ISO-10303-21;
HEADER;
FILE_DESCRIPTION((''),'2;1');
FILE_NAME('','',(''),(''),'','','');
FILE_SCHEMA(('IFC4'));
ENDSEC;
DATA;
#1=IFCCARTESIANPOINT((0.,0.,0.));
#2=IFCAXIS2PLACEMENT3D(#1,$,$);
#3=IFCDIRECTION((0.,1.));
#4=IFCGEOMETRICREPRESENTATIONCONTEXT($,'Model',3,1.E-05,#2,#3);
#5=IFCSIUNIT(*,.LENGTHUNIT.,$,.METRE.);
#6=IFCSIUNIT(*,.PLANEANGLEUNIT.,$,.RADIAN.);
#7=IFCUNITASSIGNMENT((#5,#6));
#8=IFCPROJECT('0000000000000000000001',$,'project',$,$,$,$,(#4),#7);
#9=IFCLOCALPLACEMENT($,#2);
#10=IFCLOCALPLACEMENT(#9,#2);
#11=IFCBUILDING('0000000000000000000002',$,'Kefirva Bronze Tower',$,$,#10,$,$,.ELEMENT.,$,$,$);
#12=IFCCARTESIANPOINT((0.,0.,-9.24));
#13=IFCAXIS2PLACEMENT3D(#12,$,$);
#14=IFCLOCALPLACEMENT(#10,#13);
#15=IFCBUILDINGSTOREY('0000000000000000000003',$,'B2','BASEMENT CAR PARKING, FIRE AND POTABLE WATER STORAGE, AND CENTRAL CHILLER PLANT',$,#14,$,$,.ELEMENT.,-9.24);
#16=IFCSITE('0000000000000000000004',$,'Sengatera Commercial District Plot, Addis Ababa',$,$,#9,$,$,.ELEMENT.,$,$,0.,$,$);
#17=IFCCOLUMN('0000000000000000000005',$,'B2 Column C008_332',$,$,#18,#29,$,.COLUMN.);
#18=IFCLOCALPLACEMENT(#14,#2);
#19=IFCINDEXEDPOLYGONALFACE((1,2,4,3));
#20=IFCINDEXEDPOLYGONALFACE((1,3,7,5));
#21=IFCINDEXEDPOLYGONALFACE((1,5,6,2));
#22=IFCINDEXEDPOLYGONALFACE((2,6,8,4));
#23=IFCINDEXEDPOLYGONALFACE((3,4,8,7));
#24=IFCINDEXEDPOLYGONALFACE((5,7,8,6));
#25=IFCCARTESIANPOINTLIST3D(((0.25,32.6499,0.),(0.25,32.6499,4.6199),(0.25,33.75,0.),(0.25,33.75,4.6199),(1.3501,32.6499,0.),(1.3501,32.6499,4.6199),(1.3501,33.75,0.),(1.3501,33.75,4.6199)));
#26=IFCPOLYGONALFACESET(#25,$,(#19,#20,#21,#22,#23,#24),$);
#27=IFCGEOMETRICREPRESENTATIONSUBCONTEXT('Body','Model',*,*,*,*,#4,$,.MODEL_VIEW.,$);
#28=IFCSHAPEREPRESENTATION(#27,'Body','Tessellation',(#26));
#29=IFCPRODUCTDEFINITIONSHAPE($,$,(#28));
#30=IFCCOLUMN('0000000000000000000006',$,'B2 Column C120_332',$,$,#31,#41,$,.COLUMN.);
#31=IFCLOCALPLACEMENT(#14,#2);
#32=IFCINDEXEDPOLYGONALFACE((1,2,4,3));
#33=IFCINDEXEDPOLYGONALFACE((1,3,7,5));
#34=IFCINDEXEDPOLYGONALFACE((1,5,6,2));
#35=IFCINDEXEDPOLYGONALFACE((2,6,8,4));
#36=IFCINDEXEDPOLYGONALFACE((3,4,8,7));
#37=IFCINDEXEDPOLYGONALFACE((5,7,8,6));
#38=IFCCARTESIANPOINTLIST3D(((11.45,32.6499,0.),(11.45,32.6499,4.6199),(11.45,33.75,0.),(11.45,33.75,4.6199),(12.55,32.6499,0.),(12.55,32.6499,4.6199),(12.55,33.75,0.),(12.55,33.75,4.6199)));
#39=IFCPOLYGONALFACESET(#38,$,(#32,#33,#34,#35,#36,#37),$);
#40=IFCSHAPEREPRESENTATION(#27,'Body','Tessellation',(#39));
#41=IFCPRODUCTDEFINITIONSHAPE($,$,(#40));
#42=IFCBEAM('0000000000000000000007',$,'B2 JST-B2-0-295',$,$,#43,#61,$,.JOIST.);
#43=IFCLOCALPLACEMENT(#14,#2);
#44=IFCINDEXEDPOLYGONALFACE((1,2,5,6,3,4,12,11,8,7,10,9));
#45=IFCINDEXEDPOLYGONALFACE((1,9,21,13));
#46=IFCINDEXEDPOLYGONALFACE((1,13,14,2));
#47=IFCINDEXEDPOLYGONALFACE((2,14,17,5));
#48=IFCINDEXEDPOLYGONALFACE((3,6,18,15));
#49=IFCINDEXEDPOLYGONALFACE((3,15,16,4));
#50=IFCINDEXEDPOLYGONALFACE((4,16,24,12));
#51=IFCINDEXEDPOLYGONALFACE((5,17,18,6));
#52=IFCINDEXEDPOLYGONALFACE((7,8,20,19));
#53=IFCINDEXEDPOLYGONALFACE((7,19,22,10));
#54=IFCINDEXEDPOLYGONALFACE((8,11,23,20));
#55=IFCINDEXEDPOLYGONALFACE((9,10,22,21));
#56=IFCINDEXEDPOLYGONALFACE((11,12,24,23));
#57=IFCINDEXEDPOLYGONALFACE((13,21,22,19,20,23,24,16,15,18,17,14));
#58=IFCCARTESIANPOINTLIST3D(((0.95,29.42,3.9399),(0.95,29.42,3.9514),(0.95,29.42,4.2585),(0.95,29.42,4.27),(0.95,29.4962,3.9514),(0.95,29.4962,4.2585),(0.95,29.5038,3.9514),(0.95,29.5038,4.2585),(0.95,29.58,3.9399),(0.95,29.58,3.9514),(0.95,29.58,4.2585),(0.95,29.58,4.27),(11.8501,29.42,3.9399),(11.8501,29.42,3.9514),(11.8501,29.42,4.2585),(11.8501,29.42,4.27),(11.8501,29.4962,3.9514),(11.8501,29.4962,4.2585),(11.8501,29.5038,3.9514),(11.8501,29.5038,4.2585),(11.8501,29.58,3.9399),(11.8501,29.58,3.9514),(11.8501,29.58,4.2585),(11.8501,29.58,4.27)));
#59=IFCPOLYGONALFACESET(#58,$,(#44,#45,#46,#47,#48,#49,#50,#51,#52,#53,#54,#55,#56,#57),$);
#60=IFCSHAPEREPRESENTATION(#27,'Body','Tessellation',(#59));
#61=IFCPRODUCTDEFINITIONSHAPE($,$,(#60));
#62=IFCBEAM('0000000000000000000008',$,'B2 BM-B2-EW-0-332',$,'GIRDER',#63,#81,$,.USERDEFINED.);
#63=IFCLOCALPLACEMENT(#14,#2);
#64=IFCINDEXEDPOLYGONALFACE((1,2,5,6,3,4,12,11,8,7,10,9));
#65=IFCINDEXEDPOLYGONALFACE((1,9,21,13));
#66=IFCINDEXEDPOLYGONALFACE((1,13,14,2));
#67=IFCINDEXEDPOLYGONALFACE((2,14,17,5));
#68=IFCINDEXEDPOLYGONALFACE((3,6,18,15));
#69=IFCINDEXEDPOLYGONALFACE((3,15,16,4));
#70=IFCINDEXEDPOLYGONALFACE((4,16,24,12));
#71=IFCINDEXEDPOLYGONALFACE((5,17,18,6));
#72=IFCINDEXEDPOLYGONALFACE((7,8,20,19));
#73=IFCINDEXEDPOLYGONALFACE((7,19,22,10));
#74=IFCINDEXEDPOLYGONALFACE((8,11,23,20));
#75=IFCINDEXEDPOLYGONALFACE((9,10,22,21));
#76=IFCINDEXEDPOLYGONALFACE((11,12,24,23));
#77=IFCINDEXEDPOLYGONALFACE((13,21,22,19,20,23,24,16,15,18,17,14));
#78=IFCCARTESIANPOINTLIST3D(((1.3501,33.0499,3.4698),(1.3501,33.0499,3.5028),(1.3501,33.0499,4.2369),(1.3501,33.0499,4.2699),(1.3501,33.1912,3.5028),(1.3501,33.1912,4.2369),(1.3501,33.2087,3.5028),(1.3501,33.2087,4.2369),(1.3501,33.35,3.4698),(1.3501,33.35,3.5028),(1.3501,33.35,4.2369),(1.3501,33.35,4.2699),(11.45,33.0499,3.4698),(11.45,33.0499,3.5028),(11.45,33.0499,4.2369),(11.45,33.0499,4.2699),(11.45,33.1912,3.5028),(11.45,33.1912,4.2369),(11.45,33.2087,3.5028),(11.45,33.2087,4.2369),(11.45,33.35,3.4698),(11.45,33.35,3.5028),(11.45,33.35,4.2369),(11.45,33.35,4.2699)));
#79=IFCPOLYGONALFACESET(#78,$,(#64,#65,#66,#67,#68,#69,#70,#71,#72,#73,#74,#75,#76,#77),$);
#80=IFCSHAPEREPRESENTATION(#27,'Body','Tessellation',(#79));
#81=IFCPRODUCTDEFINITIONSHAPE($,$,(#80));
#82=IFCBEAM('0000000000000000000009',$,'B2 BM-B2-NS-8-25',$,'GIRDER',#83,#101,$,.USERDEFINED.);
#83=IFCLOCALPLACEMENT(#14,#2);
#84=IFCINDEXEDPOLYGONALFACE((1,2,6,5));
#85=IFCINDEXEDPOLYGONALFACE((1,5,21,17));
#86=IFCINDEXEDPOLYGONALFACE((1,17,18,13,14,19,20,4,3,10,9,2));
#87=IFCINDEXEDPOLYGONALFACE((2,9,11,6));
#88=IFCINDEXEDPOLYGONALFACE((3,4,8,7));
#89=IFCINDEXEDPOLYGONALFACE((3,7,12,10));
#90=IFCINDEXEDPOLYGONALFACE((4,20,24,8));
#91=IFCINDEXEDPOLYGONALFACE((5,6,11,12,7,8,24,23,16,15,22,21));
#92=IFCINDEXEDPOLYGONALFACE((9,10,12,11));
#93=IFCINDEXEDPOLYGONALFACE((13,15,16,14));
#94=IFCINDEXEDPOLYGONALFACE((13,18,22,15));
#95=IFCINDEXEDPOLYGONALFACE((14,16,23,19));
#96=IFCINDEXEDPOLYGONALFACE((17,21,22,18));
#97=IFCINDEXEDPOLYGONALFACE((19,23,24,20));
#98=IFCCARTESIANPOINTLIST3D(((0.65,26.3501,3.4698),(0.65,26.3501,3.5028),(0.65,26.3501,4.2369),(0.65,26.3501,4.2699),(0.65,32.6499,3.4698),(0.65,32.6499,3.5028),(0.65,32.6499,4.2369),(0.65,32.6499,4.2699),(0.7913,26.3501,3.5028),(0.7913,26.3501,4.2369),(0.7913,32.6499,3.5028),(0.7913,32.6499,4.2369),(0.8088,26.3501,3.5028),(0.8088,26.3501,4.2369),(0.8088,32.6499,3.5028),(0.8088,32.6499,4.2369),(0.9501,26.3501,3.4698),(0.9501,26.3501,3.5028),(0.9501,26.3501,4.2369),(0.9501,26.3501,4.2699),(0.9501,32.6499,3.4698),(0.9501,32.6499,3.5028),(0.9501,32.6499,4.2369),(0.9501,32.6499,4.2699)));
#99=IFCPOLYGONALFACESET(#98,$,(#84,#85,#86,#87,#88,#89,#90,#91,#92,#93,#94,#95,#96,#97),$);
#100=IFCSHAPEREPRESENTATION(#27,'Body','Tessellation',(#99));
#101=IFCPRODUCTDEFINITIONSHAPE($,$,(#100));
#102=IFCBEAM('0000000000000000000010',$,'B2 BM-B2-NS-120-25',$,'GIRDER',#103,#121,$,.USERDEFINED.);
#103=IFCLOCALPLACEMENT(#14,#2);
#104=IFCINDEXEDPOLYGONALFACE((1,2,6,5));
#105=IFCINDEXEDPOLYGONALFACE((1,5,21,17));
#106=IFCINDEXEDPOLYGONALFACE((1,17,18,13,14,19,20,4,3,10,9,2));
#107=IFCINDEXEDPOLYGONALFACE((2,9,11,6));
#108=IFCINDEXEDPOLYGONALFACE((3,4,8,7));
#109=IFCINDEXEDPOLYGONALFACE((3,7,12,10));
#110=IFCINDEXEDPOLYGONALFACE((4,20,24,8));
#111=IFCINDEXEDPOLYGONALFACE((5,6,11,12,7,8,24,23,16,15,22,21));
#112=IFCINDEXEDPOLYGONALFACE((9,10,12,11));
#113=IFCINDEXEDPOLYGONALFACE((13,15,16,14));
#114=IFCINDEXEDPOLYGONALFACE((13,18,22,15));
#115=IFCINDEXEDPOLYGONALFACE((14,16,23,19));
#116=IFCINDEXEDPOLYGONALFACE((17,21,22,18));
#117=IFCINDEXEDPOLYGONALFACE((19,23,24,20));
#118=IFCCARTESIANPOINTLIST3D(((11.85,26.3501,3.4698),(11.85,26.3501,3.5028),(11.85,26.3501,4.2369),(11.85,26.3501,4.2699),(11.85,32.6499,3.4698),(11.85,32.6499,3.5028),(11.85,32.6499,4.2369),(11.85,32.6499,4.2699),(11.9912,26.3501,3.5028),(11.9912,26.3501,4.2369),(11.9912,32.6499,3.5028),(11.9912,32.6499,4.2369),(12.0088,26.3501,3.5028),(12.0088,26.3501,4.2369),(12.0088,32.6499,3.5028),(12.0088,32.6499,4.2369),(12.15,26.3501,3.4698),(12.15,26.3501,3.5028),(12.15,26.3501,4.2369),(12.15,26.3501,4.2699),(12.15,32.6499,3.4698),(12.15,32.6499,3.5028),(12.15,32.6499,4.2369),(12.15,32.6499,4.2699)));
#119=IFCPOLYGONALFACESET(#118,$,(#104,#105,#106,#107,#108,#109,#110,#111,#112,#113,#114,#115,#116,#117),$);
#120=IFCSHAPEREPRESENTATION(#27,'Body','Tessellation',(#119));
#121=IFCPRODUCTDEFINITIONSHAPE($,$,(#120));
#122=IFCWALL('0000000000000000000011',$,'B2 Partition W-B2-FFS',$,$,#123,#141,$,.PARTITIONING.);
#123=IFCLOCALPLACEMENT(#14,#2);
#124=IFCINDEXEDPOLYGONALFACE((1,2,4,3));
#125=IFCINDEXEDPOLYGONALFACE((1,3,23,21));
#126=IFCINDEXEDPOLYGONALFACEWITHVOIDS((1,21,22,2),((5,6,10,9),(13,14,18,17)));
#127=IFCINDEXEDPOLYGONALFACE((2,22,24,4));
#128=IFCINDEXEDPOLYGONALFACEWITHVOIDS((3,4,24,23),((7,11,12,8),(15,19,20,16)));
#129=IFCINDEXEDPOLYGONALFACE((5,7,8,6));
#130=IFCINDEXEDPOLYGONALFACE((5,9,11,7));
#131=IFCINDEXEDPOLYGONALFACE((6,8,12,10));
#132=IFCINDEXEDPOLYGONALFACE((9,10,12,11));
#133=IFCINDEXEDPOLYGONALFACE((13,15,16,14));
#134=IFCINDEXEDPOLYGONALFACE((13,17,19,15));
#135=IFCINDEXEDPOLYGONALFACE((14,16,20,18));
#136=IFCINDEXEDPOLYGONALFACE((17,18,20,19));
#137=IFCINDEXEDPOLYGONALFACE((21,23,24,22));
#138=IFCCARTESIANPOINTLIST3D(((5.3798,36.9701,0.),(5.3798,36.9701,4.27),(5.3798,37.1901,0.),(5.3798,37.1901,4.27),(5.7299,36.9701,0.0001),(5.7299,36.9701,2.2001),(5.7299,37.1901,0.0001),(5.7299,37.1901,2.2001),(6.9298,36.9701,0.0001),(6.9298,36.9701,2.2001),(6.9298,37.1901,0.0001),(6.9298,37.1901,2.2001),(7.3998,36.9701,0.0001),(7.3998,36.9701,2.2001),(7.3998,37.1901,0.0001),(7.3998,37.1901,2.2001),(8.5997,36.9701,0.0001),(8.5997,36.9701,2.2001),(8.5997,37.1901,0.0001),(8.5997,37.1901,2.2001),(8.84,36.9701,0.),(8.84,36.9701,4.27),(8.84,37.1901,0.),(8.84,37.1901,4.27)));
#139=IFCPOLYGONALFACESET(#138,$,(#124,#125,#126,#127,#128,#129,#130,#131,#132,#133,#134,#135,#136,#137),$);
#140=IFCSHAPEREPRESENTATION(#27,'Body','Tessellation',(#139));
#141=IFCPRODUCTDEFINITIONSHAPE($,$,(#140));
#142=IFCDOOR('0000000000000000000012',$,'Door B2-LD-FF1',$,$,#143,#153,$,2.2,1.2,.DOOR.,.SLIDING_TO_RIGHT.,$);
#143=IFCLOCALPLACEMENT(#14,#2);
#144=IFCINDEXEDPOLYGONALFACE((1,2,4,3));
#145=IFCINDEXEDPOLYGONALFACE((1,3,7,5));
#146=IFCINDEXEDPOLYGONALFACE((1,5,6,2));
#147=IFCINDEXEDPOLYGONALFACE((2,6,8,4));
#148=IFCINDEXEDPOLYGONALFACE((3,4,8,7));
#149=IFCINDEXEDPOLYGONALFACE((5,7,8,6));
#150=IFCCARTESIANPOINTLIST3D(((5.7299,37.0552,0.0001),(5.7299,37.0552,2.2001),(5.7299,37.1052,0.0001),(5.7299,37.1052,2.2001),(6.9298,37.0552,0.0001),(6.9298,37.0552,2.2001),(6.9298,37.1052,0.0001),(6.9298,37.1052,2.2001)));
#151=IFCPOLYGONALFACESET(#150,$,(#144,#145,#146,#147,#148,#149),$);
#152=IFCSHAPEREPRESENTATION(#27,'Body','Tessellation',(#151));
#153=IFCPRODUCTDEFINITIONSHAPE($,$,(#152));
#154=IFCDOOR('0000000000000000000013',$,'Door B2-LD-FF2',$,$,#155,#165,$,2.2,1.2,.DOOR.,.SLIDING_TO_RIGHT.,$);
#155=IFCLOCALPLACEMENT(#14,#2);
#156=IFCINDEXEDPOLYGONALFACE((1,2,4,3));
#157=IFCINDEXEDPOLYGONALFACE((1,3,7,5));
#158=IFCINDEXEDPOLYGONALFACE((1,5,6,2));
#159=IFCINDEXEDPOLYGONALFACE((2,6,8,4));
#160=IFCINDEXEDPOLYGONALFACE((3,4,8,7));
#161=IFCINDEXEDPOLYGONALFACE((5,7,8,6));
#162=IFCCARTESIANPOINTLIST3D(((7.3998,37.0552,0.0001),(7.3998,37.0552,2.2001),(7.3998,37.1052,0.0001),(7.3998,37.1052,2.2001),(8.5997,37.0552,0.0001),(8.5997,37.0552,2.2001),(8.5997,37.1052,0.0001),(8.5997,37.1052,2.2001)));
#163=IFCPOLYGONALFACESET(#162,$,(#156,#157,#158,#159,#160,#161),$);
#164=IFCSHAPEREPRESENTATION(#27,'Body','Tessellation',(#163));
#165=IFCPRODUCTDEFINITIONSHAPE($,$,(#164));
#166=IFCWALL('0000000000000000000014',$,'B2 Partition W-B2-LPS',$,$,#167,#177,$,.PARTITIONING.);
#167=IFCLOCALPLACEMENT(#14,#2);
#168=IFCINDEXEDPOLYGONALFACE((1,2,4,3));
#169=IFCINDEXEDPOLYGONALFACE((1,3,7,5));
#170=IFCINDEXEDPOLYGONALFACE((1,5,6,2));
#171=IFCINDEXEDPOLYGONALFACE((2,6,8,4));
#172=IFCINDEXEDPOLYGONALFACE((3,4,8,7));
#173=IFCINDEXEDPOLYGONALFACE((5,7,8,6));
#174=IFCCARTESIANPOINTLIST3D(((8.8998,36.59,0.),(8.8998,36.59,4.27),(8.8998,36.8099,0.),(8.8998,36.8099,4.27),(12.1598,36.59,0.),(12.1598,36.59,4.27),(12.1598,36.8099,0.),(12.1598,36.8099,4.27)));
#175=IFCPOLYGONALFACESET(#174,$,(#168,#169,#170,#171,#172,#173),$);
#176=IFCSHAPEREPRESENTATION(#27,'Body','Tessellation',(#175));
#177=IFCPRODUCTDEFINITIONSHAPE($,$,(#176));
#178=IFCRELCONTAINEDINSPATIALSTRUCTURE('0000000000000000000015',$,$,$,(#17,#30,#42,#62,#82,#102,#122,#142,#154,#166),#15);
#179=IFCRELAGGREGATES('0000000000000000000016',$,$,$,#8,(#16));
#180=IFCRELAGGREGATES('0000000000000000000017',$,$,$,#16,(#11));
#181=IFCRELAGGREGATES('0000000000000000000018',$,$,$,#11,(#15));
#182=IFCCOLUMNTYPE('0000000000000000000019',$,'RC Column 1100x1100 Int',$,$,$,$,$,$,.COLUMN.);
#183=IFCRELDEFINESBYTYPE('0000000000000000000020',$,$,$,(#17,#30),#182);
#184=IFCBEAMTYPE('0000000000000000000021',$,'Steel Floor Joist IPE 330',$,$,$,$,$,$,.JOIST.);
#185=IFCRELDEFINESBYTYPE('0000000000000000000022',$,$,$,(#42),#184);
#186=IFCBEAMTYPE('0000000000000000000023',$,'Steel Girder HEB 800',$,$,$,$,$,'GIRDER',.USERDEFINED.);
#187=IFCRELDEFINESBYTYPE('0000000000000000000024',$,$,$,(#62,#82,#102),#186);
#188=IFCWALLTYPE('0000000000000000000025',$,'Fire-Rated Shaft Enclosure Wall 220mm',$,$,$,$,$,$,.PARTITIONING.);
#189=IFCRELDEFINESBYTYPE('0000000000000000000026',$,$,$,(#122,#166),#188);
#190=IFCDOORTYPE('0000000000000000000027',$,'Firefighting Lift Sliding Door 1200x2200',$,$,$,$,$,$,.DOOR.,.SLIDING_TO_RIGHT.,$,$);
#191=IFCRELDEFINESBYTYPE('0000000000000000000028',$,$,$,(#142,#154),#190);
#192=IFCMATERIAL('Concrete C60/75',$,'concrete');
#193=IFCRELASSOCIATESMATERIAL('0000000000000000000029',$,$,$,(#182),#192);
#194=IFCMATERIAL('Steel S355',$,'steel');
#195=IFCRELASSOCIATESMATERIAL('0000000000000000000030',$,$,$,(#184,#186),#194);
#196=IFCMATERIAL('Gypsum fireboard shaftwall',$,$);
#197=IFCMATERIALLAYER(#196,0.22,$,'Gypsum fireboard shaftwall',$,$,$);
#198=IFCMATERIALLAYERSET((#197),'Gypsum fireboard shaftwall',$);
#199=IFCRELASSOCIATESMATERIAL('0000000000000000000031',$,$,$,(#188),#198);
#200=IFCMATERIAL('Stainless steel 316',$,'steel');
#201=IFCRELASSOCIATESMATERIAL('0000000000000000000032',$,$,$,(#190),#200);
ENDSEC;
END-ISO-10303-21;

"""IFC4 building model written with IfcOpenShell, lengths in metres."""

from ifc_helpers import new_model, si_unit, direction, frame, frame_2d, origin, origin_2d, place, context, subcontext, project, spatial, rectangle, i_section, extrude, material, layer, layer_set, material_profile, profile_set, type_object, element, fill, save


model = new_model("IFC4")

# Units and contexts
model_context = context("Model", 3, precision=1e-05, world=origin(), true_north=direction((0.0, 1.0)))
body_context = subcontext(model_context, "Body", "Model", "MODEL_VIEW")
ifc_project = project(units=[si_unit("LENGTHUNIT", "METRE"), si_unit("PLANEANGLEUNIT", "RADIAN")], contexts=[model_context])

# Site, building, storey
site_placement = place(None, origin())
site = spatial("IfcSite", under=ifc_project, at=site_placement, Name="Sengatera Commercial District Plot, Addis Ababa", CompositionType="ELEMENT", RefElevation=0.0)
building_placement = place(site_placement, origin())
building = spatial("IfcBuilding", under=site, at=building_placement, Name="Kefirva Bronze Tower", CompositionType="ELEMENT")
storey_placement = place(building_placement, frame((0.0, 0.0, -9.24)))
storey = spatial("IfcBuildingStorey", under=building, at=storey_placement, Name="B2", Description="BASEMENT CAR PARKING, FIRE AND POTABLE WATER STORAGE, AND CENTRAL CHILLER PLANT", CompositionType="ELEMENT", Elevation=-9.24)

# Columns
ifc_material_1 = material(Name="Concrete C60/75", Category="concrete")
ifc_material_profile_1 = material_profile(ifc_material_1, rectangle(XDim=1.1001, YDim=1.1001, at=origin_2d()), Name="RC 1100x1100")
ifc_profile_set_1 = profile_set([ifc_material_profile_1], Name="Concrete C60/75")
column_type_1 = type_object("IfcColumnType", Name="RC Column 1100x1100 Int", PredefinedType="COLUMN", material=ifc_profile_set_1)
for number, where, z_axis, x_axis, name in (
    (1, (0.8, 33.2, 0.0), (0.0, 0.0, 1.0), (1.0, 0.0, 0.0), "B2 Column C008_332"),
    (2, (12.0, 33.2, 0.0), (0.0, 0.0, 1.0), (1.0, 0.0, 0.0), "B2 Column C120_332"),
):
    element("IfcColumn", number, at=place(storey_placement, frame(where, z_axis=z_axis, x_axis=x_axis)), inside=storey, type_object=column_type_1, Name=name, PredefinedType="COLUMN", context=body_context, shape_type="SweptSolid", body=[
        extrude(rectangle(XDim=1.1001, YDim=1.1001, at=origin_2d()), origin(), (0.0, 0.0, 1.0), 4.6199),
    ])

# Beams
ifc_material_2 = material(Name="Steel S355", Category="steel")
ifc_material_profile_2 = material_profile(ifc_material_2, i_section(OverallWidth=0.1599, OverallDepth=0.3301, WebThickness=0.0076, FlangeThickness=0.0115, at=origin_2d()), Name="IPE 330")
ifc_profile_set_2 = profile_set([ifc_material_profile_2], Name="Steel S355")
beam_type_1 = type_object("IfcBeamType", Name="Steel Floor Joist IPE 330", PredefinedType="JOIST", material=ifc_profile_set_2)
beam_1_placement = place(storey_placement, frame((0.95, 29.5, 4.105), z_axis=(1.0, 0.0, 0.0), x_axis=(0.0, 1.0, 0.0)))
element("IfcBeam", 3, at=beam_1_placement, inside=storey, type_object=beam_type_1, Name="B2 JST-B2-0-295", PredefinedType="JOIST", context=body_context, shape_type="SweptSolid", body=[
    extrude(i_section(OverallWidth=0.1599, OverallDepth=0.3301, WebThickness=0.0076, FlangeThickness=0.0115, at=origin_2d()), origin(), (0.0, 0.0, 1.0), 10.9001),
])
ifc_material_profile_3 = material_profile(ifc_material_2, i_section(OverallWidth=0.3, OverallDepth=0.8, WebThickness=0.0176, FlangeThickness=0.033, at=origin_2d()), Name="HEB 800")
ifc_profile_set_3 = profile_set([ifc_material_profile_3], Name="Steel S355")
beam_type_2 = type_object("IfcBeamType", Name="Steel Girder HEB 800", ElementType="GIRDER", PredefinedType="USERDEFINED", material=ifc_profile_set_3)
beam_2_placement = place(storey_placement, frame((1.3501, 33.2, 3.8699), z_axis=(1.0, 0.0, 0.0), x_axis=(0.0, 1.0, 0.0)))
element("IfcBeam", 4, at=beam_2_placement, inside=storey, type_object=beam_type_2, Name="B2 BM-B2-EW-0-332", ObjectType="GIRDER", PredefinedType="USERDEFINED", context=body_context, shape_type="SweptSolid", body=[
    extrude(i_section(OverallWidth=0.3, OverallDepth=0.8, WebThickness=0.0176, FlangeThickness=0.033, at=origin_2d()), origin(), (0.0, 0.0, 1.0), 10.0999),
])
for number, where, z_axis, x_axis, name in (
    (5, (0.8, 26.3501, 3.8699), (0.0, 1.0, 0.0), (-1.0, 0.0, 0.0), "B2 BM-B2-NS-8-25"),
    (6, (12.0, 26.3501, 3.8699), (0.0, 1.0, 0.0), (-1.0, 0.0, 0.0), "B2 BM-B2-NS-120-25"),
):
    element("IfcBeam", number, at=place(storey_placement, frame(where, z_axis=z_axis, x_axis=x_axis)), inside=storey, type_object=beam_type_2, Name=name, ObjectType="GIRDER", PredefinedType="USERDEFINED", context=body_context, shape_type="SweptSolid", body=[
        extrude(i_section(OverallWidth=0.3, OverallDepth=0.8, WebThickness=0.0176, FlangeThickness=0.033, at=origin_2d()), origin(), (0.0, 0.0, 1.0), 6.2998),
    ])

# Wall, openings, doors
ifc_material_3 = material(Name="Gypsum fireboard shaftwall")
ifc_layer_1 = layer(ifc_material_3, 0.22, Name="Gypsum fireboard shaftwall")
ifc_layer_set_1 = layer_set([ifc_layer_1], Name="Gypsum fireboard shaftwall")
wall_type_1 = type_object("IfcWallType", Name="Fire-Rated Shaft Enclosure Wall 220mm", PredefinedType="PARTITIONING", material=ifc_layer_set_1)
wall_1_placement = place(storey_placement, frame((5.3799, 37.0801, 0.0), z_axis=(0.0, 0.0, 1.0), x_axis=(1.0, 0.0, 0.0)))
wall_1 = element("IfcWall", 7, at=wall_1_placement, inside=storey, type_object=wall_type_1, Name="B2 Partition W-B2-FFS", PredefinedType="PARTITIONING", context=body_context, shape_type="SweptSolid", body=[
    extrude(rectangle(XDim=3.4602, YDim=0.22, at=frame_2d((1.73, 0.0))), origin(), (0.0, 0.0, 1.0), 4.27),
])
opening_1_placement = place(wall_1_placement, frame((1.55, 0.0, 0.0), z_axis=(0.0, 0.0, 1.0), x_axis=(-1.0, 0.0, 0.0)))
opening_1 = element("IfcOpeningElement", 8, at=opening_1_placement, cuts=wall_1, PredefinedType="OPENING", context=body_context, shape_type="SweptSolid", body=[
    extrude(rectangle(XDim=1.2, YDim=2.2, at=frame_2d((0.6001, 1.1001))), frame((0.0, 0.1201, 0.0), z_axis=(0.0, -1.0, 0.0), x_axis=(1.0, 0.0, 0.0)), (0.0, 0.0, 1.0), 0.24),
])
opening_2_placement = place(wall_1_placement, frame((3.22, 0.0, 0.0), z_axis=(0.0, 0.0, 1.0), x_axis=(-1.0, 0.0, 0.0)))
opening_2 = element("IfcOpeningElement", 9, at=opening_2_placement, cuts=wall_1, PredefinedType="OPENING", context=body_context, shape_type="SweptSolid", body=[
    extrude(rectangle(XDim=1.2, YDim=2.2, at=frame_2d((0.6001, 1.1001))), frame((0.0, 0.1201, 0.0), z_axis=(0.0, -1.0, 0.0), x_axis=(1.0, 0.0, 0.0)), (0.0, 0.0, 1.0), 0.24),
])
ifc_material_4 = material(Name="Stainless steel 316", Category="steel")
door_type_1 = type_object("IfcDoorType", Name="Firefighting Lift Sliding Door 1200x2200", OperationType="SLIDING_TO_RIGHT", PredefinedType="DOOR", material=ifc_material_4)
door_1_placement = place(opening_1_placement, origin())
door_1 = element("IfcDoor", 10, at=door_1_placement, inside=storey, type_object=door_type_1, Name="Door B2-LD-FF1", OperationType="SLIDING_TO_RIGHT", OverallHeight=2.2, OverallWidth=1.2, PredefinedType="DOOR", context=body_context, shape_type="SweptSolid", body=[
    extrude(rectangle(XDim=1.2, YDim=2.2, at=frame_2d((0.6001, 1.1001))), frame((0.0, 0.0249, 0.0), z_axis=(0.0, -1.0, 0.0), x_axis=(1.0, 0.0, 0.0)), (0.0, 0.0, 1.0), 0.05),
])
fill(opening_1, door_1)
door_2_placement = place(opening_2_placement, origin())
door_2 = element("IfcDoor", 11, at=door_2_placement, inside=storey, type_object=door_type_1, Name="Door B2-LD-FF2", OperationType="SLIDING_TO_RIGHT", OverallHeight=2.2, OverallWidth=1.2, PredefinedType="DOOR", context=body_context, shape_type="SweptSolid", body=[
    extrude(rectangle(XDim=1.2, YDim=2.2, at=frame_2d((0.6001, 1.1001))), frame((0.0, 0.0249, 0.0), z_axis=(0.0, -1.0, 0.0), x_axis=(1.0, 0.0, 0.0)), (0.0, 0.0, 1.0), 0.05),
])
fill(opening_2, door_2)

# Wall
wall_2_placement = place(storey_placement, frame((8.8999, 36.7, 0.0), z_axis=(0.0, 0.0, 1.0), x_axis=(1.0, 0.0, 0.0)))
element("IfcWall", 12, at=wall_2_placement, inside=storey, type_object=wall_type_1, Name="B2 Partition W-B2-LPS", PredefinedType="PARTITIONING", context=body_context, shape_type="SweptSolid", body=[
    extrude(rectangle(XDim=3.26, YDim=0.22, at=frame_2d((1.6299, 0.0))), origin(), (0.0, 0.0, 1.0), 4.27),
])

save(model, "model.ifc")
